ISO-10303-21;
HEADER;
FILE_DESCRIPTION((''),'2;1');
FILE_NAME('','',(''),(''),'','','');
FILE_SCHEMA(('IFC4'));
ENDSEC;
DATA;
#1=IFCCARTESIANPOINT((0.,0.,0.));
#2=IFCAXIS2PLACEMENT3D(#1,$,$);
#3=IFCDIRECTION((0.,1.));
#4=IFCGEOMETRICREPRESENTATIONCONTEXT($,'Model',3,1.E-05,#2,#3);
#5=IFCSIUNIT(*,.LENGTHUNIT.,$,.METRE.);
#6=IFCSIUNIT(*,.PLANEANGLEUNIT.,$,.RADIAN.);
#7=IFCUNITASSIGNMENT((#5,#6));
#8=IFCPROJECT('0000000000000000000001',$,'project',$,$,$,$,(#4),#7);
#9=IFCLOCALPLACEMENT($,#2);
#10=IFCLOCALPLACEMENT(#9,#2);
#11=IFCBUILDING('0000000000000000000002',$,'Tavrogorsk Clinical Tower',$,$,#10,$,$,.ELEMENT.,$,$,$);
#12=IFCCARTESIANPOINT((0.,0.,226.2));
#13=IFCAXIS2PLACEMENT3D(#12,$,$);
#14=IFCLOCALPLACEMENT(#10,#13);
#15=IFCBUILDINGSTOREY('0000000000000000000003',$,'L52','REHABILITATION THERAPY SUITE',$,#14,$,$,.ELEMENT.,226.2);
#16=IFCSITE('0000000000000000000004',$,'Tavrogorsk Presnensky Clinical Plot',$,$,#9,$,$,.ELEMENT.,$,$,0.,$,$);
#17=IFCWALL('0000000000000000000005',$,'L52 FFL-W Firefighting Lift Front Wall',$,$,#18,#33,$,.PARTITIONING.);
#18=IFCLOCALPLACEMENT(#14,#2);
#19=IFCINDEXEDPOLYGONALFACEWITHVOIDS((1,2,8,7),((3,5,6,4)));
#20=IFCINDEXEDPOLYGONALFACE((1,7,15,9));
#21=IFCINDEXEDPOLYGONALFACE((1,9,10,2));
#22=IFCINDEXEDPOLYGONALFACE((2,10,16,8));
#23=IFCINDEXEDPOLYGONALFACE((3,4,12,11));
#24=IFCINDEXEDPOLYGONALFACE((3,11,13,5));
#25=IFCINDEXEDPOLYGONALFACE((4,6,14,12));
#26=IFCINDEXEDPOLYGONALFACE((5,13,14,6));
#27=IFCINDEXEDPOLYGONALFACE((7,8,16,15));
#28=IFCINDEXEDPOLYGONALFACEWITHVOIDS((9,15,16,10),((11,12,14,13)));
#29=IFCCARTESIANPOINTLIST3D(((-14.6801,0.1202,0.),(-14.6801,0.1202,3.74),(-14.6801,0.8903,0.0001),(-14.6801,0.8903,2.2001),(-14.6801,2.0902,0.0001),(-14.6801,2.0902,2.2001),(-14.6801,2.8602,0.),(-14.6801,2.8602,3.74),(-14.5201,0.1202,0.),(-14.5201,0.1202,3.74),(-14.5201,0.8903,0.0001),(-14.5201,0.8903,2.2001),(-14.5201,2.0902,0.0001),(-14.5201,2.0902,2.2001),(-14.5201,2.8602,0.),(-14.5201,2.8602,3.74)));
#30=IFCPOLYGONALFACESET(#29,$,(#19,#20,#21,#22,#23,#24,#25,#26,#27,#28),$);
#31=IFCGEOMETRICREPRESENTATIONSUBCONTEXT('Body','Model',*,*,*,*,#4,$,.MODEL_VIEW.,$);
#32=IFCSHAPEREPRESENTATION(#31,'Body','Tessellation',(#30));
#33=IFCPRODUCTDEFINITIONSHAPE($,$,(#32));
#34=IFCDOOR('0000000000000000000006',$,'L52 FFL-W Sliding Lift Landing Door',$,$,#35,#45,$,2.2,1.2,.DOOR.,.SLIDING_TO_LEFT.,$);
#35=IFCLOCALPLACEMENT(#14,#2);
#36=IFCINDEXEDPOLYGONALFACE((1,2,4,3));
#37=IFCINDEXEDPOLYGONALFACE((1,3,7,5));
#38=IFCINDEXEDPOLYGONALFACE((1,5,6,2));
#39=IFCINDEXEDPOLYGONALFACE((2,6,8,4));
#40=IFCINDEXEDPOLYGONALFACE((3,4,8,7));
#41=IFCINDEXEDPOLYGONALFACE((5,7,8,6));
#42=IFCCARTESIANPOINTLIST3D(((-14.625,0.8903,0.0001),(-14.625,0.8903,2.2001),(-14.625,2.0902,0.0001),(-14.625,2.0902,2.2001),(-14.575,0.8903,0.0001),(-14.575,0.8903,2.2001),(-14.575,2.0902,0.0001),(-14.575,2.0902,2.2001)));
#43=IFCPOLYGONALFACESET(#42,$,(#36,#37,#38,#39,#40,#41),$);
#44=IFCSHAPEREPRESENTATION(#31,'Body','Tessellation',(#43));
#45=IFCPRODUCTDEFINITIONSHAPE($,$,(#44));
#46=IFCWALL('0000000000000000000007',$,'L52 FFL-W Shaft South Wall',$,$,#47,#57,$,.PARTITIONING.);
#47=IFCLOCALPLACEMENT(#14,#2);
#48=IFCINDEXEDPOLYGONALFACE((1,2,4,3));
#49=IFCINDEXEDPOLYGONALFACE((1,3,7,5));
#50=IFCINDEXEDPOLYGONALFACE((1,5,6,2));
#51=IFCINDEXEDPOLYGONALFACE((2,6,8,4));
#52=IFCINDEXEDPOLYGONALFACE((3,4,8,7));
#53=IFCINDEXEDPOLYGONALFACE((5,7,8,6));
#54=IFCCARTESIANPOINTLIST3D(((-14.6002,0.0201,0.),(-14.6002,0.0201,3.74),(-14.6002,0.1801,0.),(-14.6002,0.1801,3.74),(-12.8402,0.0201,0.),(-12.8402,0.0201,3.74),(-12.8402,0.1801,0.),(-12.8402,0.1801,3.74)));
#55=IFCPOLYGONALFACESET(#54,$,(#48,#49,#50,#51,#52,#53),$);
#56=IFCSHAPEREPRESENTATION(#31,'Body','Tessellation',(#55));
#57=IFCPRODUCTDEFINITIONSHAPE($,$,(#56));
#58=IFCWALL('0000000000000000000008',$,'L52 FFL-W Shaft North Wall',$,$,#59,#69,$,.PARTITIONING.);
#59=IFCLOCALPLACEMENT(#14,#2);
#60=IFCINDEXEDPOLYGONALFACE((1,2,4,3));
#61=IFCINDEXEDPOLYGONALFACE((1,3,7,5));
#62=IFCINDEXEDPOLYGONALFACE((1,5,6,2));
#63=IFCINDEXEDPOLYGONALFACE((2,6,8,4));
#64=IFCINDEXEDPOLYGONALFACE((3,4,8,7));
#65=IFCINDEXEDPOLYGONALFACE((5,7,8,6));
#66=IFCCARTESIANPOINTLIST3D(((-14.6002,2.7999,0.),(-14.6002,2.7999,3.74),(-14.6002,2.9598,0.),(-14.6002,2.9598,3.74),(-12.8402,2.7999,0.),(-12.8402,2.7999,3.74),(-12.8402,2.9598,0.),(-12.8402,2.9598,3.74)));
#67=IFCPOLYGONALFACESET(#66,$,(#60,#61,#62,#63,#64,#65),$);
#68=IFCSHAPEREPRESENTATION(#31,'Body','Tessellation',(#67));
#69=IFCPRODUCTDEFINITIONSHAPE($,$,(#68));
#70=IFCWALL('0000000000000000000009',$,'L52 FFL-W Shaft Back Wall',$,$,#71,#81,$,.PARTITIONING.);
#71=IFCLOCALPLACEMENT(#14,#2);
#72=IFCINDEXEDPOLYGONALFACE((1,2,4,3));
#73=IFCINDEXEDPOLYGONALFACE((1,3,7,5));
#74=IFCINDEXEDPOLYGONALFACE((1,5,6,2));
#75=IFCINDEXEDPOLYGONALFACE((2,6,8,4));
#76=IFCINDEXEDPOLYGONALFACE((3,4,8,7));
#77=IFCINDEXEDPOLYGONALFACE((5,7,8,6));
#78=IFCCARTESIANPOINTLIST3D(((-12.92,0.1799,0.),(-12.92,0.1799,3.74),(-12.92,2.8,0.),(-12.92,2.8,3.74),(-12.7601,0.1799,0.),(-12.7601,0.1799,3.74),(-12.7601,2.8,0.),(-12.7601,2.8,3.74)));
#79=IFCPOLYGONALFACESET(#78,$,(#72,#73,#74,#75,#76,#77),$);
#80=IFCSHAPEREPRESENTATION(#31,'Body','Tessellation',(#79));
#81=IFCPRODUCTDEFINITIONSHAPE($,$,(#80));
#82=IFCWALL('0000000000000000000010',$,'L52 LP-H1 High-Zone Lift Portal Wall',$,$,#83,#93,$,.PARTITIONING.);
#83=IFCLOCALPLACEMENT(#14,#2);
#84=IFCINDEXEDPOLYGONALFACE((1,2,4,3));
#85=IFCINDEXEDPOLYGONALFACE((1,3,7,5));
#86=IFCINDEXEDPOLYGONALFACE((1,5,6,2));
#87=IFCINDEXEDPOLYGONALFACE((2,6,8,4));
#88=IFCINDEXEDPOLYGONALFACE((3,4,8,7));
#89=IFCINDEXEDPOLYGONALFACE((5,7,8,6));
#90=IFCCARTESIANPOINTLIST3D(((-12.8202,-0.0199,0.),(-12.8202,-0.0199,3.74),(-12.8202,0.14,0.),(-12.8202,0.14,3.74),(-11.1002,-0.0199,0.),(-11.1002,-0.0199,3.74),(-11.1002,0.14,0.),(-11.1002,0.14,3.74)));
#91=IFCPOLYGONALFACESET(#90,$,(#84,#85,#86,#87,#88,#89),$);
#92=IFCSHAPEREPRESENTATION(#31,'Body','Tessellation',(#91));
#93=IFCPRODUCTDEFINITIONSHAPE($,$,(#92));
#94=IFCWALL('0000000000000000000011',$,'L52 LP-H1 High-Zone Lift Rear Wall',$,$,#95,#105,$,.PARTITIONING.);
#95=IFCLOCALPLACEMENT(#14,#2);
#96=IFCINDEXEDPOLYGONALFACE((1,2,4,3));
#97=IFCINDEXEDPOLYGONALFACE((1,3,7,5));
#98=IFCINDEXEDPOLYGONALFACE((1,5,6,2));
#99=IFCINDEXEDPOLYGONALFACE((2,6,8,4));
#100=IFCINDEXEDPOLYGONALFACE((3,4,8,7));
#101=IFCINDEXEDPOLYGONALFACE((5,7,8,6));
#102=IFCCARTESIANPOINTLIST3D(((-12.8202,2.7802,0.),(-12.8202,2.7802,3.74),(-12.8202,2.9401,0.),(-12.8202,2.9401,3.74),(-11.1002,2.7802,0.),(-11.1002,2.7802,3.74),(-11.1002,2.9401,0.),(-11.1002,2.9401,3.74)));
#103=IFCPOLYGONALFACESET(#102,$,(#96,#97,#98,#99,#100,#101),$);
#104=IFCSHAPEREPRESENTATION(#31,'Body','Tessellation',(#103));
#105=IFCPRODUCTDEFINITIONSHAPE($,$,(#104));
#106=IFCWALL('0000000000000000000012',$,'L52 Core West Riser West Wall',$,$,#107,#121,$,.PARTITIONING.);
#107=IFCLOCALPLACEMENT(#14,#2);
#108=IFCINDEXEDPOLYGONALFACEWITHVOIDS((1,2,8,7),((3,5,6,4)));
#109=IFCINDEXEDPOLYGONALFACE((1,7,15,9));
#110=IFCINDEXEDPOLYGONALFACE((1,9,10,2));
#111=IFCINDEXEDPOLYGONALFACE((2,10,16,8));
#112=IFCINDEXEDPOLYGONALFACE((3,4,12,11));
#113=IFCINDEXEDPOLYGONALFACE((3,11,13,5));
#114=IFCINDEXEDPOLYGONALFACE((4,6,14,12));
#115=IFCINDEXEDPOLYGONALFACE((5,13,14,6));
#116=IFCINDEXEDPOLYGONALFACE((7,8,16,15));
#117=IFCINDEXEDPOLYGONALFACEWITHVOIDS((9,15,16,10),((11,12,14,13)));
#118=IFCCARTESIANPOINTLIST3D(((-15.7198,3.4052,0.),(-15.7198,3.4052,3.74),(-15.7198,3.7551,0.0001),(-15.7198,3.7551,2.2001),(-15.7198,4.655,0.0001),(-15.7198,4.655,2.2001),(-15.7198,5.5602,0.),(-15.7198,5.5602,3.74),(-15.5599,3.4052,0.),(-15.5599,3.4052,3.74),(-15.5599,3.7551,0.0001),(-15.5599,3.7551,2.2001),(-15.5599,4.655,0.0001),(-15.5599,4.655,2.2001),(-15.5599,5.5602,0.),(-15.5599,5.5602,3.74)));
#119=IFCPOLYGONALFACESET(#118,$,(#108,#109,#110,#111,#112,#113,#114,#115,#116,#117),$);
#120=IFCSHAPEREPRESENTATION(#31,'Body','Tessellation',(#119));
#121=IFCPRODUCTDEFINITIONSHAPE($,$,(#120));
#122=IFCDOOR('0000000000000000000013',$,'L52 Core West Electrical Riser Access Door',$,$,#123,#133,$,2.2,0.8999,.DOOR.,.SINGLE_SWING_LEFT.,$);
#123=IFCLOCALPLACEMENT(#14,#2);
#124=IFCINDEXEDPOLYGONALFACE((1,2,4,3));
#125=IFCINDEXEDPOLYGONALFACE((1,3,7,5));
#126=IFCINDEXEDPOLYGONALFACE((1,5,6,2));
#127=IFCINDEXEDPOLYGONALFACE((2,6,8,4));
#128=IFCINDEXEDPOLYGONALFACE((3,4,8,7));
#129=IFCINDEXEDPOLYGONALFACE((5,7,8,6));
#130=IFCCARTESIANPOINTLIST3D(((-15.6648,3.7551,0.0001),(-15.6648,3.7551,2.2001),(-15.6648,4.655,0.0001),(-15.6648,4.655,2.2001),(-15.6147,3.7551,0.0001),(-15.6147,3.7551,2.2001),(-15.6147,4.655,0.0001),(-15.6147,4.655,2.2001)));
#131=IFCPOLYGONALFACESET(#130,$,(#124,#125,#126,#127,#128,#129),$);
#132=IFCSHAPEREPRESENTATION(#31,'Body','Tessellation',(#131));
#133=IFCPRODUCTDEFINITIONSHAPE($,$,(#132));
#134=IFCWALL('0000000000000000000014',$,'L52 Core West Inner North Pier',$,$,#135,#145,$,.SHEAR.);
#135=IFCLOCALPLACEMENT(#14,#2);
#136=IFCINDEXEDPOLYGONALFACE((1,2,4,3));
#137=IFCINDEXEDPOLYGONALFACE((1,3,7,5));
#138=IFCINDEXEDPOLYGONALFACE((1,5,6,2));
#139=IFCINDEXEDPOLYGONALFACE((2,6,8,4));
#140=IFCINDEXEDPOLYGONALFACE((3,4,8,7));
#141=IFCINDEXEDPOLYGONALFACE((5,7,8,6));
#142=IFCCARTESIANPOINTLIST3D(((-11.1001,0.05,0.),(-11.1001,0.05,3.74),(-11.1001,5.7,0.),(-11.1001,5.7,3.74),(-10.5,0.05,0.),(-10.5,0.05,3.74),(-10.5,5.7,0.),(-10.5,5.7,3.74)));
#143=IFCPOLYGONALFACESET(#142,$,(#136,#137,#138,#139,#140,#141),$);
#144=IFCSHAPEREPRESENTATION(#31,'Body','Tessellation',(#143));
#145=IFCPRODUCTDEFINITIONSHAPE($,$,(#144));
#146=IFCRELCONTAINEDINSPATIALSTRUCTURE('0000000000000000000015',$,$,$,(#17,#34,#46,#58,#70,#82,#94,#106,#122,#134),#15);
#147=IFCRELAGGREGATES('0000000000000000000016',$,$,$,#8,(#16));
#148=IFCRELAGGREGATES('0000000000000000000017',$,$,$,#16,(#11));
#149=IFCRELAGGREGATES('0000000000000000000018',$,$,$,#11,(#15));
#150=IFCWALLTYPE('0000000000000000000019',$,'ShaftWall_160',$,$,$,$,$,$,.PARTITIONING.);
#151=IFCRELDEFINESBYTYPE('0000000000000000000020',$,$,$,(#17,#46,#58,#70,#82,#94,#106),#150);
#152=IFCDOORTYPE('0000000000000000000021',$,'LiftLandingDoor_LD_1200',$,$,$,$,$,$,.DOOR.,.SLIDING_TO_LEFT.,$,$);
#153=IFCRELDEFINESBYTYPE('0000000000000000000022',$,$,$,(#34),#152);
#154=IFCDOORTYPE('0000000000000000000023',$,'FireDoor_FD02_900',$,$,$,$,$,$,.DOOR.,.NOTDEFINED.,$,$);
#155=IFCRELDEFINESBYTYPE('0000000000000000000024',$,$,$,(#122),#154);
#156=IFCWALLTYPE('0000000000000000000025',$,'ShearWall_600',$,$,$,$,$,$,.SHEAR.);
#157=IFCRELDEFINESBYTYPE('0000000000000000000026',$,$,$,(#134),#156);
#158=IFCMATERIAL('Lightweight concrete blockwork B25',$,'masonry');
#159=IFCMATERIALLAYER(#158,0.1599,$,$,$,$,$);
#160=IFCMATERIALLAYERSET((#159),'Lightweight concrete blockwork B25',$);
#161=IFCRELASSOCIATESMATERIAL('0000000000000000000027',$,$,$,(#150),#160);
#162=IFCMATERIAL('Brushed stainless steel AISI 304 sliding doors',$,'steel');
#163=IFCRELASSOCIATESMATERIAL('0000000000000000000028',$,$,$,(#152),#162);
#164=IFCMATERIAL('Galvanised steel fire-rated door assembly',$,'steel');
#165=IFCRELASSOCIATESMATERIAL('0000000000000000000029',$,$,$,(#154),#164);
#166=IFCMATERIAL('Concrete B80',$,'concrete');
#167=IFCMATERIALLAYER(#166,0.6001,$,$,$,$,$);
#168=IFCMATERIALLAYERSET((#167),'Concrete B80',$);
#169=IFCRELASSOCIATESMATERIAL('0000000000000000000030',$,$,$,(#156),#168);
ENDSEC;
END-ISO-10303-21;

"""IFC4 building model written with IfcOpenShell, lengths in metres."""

from ifc_helpers import new_model, si_unit, direction, frame, frame_2d, origin, place, context, subcontext, project, spatial, rectangle, extrude, material, layer, layer_set, type_object, element, fill, save


model = new_model("IFC4")

# Units and contexts
model_context = context("Model", 3, precision=1e-05, world=origin(), true_north=direction((0.0, 1.0)))
body_context = subcontext(model_context, "Body", "Model", "MODEL_VIEW")
ifc_project = project(units=[si_unit("LENGTHUNIT", "METRE"), si_unit("PLANEANGLEUNIT", "RADIAN")], contexts=[model_context])

# Site, building, storey
site_placement = place(None, origin())
site = spatial("IfcSite", under=ifc_project, at=site_placement, Name="Tavrogorsk Presnensky Clinical Plot", CompositionType="ELEMENT", RefElevation=0.0)
building_placement = place(site_placement, origin())
building = spatial("IfcBuilding", under=site, at=building_placement, Name="Tavrogorsk Clinical Tower", CompositionType="ELEMENT")
storey_placement = place(building_placement, frame((0.0, 0.0, 226.2)))
storey = spatial("IfcBuildingStorey", under=building, at=storey_placement, Name="L52", Description="REHABILITATION THERAPY SUITE", CompositionType="ELEMENT", Elevation=226.2)

# Wall, opening, door
ifc_material_1 = material(Name="Lightweight concrete blockwork B25", Category="masonry")
ifc_layer_1 = layer(ifc_material_1, 0.1599)
ifc_layer_set_1 = layer_set([ifc_layer_1], Name="Lightweight concrete blockwork B25")
wall_type_1 = type_object("IfcWallType", Name="ShaftWall_160", PredefinedType="PARTITIONING", material=ifc_layer_set_1)
wall_1_placement = place(storey_placement, frame((-14.6001, 0.1201, 0.0), z_axis=(0.0, 0.0, 1.0), x_axis=(0.0, 1.0, 0.0)))
wall_1 = element("IfcWall", 1, at=wall_1_placement, inside=storey, type_object=wall_type_1, Name="L52 FFL-W Firefighting Lift Front Wall", PredefinedType="PARTITIONING", context=body_context, shape_type="SweptSolid", body=[
    extrude(rectangle(XDim=2.74, YDim=0.1599, at=frame_2d((1.3701, 0.0))), origin(), (0.0, 0.0, 1.0), 3.74),
])
opening_1_placement = place(wall_1_placement, frame((0.77, 0.0, 0.0)))
opening_1 = element("IfcOpeningElement", 2, at=opening_1_placement, cuts=wall_1, PredefinedType="OPENING", context=body_context, shape_type="SweptSolid", body=[
    extrude(rectangle(XDim=1.2, YDim=2.2, at=frame_2d((0.6001, 1.1001))), frame((0.0, 0.0898, 0.0), z_axis=(0.0, -1.0, 0.0), x_axis=(1.0, 0.0, 0.0)), (0.0, 0.0, 1.0), 0.1799),
])
ifc_material_2 = material(Name="Brushed stainless steel AISI 304 sliding doors", Category="steel")
door_type_1 = type_object("IfcDoorType", Name="LiftLandingDoor_LD_1200", OperationType="SLIDING_TO_LEFT", PredefinedType="DOOR", material=ifc_material_2)
door_1_placement = place(opening_1_placement, origin())
door_1 = element("IfcDoor", 3, at=door_1_placement, inside=storey, type_object=door_type_1, Name="L52 FFL-W Sliding Lift Landing Door", OperationType="SLIDING_TO_LEFT", OverallHeight=2.2, OverallWidth=1.2, PredefinedType="DOOR", context=body_context, shape_type="SweptSolid", body=[
    extrude(rectangle(XDim=1.2, YDim=2.2, at=frame_2d((0.6001, 1.1001))), frame((0.0, 0.0249, 0.0), z_axis=(0.0, -1.0, 0.0), x_axis=(1.0, 0.0, 0.0)), (0.0, 0.0, 1.0), 0.05),
])
fill(opening_1, door_1)

# Walls
for number, where, z_axis, x_axis, name in (
    (4, (-14.6001, 0.1001, 0.0), (0.0, 0.0, 1.0), (1.0, 0.0, 0.0), "L52 FFL-W Shaft South Wall"),
    (5, (-14.6001, 2.8799, 0.0), (0.0, 0.0, 1.0), (1.0, 0.0, 0.0), "L52 FFL-W Shaft North Wall"),
):
    element("IfcWall", number, at=place(storey_placement, frame(where, z_axis=z_axis, x_axis=x_axis)), inside=storey, type_object=wall_type_1, Name=name, PredefinedType="PARTITIONING", context=body_context, shape_type="SweptSolid", body=[
        extrude(rectangle(XDim=1.76, YDim=0.1599, at=frame_2d((0.8799, 0.0))), origin(), (0.0, 0.0, 1.0), 3.74),
    ])
wall_2_placement = place(storey_placement, frame((-12.8401, 0.1799, 0.0), z_axis=(0.0, 0.0, 1.0), x_axis=(0.0, 1.0, 0.0)))
element("IfcWall", 6, at=wall_2_placement, inside=storey, type_object=wall_type_1, Name="L52 FFL-W Shaft Back Wall", PredefinedType="PARTITIONING", context=body_context, shape_type="SweptSolid", body=[
    extrude(rectangle(XDim=2.6201, YDim=0.1599, at=frame_2d((1.3101, 0.0))), origin(), (0.0, 0.0, 1.0), 3.74),
])
for number, where, z_axis, x_axis, name in (
    (7, (-12.8201, 0.0601, 0.0), (0.0, 0.0, 1.0), (1.0, 0.0, 0.0), "L52 LP-H1 High-Zone Lift Portal Wall"),
    (8, (-12.8201, 2.8601, 0.0), (0.0, 0.0, 1.0), (1.0, 0.0, 0.0), "L52 LP-H1 High-Zone Lift Rear Wall"),
):
    element("IfcWall", number, at=place(storey_placement, frame(where, z_axis=z_axis, x_axis=x_axis)), inside=storey, type_object=wall_type_1, Name=name, PredefinedType="PARTITIONING", context=body_context, shape_type="SweptSolid", body=[
        extrude(rectangle(XDim=1.72, YDim=0.1599, at=frame_2d((0.8599, 0.0))), origin(), (0.0, 0.0, 1.0), 3.74),
    ])

# Wall, opening, door
wall_3_placement = place(storey_placement, frame((-15.6399, 3.405, 0.0), z_axis=(0.0, 0.0, 1.0), x_axis=(0.0, 1.0, 0.0)))
wall_3 = element("IfcWall", 9, at=wall_3_placement, inside=storey, type_object=wall_type_1, Name="L52 Core West Riser West Wall", PredefinedType="PARTITIONING", context=body_context, shape_type="SweptSolid", body=[
    extrude(rectangle(XDim=2.155, YDim=0.1599, at=frame_2d((1.0776, 0.0))), origin(), (0.0, 0.0, 1.0), 3.74),
])
opening_2_placement = place(wall_3_placement, frame((0.3501, 0.0, 0.0)))
opening_2 = element("IfcOpeningElement", 10, at=opening_2_placement, cuts=wall_3, PredefinedType="OPENING", context=body_context, shape_type="SweptSolid", body=[
    extrude(rectangle(XDim=0.8999, YDim=2.2, at=frame_2d((0.45, 1.1001))), frame((0.0, 0.0898, 0.0), z_axis=(0.0, -1.0, 0.0), x_axis=(1.0, 0.0, 0.0)), (0.0, 0.0, 1.0), 0.1799),
])
ifc_material_3 = material(Name="Galvanised steel fire-rated door assembly", Category="steel")
door_type_2 = type_object("IfcDoorType", Name="FireDoor_FD02_900", OperationType="NOTDEFINED", PredefinedType="DOOR", material=ifc_material_3)
door_2_placement = place(opening_2_placement, origin())
door_2 = element("IfcDoor", 11, at=door_2_placement, inside=storey, type_object=door_type_2, Name="L52 Core West Electrical Riser Access Door", OperationType="SINGLE_SWING_LEFT", OverallHeight=2.2, OverallWidth=0.8999, PredefinedType="DOOR", context=body_context, shape_type="SweptSolid", body=[
    extrude(rectangle(XDim=0.8999, YDim=2.2, at=frame_2d((0.45, 1.1001))), frame((0.0, 0.0249, 0.0), z_axis=(0.0, -1.0, 0.0), x_axis=(1.0, 0.0, 0.0)), (0.0, 0.0, 1.0), 0.05),
])
fill(opening_2, door_2)

# Wall
ifc_material_4 = material(Name="Concrete B80", Category="concrete")
ifc_layer_2 = layer(ifc_material_4, 0.6001)
ifc_layer_set_2 = layer_set([ifc_layer_2], Name="Concrete B80")
wall_type_2 = type_object("IfcWallType", Name="ShearWall_600", PredefinedType="SHEAR", material=ifc_layer_set_2)
wall_4_placement = place(storey_placement, frame((-10.8, 0.05, 0.0), z_axis=(0.0, 0.0, 1.0), x_axis=(0.0, 1.0, 0.0)))
element("IfcWall", 12, at=wall_4_placement, inside=storey, type_object=wall_type_2, Name="L52 Core West Inner North Pier", PredefinedType="SHEAR", context=body_context, shape_type="SweptSolid", body=[
    extrude(rectangle(XDim=5.6499, YDim=0.6001, at=frame_2d((2.825, 0.0))), origin(), (0.0, 0.0, 1.0), 3.74),
])

save(model, "model.ifc")
